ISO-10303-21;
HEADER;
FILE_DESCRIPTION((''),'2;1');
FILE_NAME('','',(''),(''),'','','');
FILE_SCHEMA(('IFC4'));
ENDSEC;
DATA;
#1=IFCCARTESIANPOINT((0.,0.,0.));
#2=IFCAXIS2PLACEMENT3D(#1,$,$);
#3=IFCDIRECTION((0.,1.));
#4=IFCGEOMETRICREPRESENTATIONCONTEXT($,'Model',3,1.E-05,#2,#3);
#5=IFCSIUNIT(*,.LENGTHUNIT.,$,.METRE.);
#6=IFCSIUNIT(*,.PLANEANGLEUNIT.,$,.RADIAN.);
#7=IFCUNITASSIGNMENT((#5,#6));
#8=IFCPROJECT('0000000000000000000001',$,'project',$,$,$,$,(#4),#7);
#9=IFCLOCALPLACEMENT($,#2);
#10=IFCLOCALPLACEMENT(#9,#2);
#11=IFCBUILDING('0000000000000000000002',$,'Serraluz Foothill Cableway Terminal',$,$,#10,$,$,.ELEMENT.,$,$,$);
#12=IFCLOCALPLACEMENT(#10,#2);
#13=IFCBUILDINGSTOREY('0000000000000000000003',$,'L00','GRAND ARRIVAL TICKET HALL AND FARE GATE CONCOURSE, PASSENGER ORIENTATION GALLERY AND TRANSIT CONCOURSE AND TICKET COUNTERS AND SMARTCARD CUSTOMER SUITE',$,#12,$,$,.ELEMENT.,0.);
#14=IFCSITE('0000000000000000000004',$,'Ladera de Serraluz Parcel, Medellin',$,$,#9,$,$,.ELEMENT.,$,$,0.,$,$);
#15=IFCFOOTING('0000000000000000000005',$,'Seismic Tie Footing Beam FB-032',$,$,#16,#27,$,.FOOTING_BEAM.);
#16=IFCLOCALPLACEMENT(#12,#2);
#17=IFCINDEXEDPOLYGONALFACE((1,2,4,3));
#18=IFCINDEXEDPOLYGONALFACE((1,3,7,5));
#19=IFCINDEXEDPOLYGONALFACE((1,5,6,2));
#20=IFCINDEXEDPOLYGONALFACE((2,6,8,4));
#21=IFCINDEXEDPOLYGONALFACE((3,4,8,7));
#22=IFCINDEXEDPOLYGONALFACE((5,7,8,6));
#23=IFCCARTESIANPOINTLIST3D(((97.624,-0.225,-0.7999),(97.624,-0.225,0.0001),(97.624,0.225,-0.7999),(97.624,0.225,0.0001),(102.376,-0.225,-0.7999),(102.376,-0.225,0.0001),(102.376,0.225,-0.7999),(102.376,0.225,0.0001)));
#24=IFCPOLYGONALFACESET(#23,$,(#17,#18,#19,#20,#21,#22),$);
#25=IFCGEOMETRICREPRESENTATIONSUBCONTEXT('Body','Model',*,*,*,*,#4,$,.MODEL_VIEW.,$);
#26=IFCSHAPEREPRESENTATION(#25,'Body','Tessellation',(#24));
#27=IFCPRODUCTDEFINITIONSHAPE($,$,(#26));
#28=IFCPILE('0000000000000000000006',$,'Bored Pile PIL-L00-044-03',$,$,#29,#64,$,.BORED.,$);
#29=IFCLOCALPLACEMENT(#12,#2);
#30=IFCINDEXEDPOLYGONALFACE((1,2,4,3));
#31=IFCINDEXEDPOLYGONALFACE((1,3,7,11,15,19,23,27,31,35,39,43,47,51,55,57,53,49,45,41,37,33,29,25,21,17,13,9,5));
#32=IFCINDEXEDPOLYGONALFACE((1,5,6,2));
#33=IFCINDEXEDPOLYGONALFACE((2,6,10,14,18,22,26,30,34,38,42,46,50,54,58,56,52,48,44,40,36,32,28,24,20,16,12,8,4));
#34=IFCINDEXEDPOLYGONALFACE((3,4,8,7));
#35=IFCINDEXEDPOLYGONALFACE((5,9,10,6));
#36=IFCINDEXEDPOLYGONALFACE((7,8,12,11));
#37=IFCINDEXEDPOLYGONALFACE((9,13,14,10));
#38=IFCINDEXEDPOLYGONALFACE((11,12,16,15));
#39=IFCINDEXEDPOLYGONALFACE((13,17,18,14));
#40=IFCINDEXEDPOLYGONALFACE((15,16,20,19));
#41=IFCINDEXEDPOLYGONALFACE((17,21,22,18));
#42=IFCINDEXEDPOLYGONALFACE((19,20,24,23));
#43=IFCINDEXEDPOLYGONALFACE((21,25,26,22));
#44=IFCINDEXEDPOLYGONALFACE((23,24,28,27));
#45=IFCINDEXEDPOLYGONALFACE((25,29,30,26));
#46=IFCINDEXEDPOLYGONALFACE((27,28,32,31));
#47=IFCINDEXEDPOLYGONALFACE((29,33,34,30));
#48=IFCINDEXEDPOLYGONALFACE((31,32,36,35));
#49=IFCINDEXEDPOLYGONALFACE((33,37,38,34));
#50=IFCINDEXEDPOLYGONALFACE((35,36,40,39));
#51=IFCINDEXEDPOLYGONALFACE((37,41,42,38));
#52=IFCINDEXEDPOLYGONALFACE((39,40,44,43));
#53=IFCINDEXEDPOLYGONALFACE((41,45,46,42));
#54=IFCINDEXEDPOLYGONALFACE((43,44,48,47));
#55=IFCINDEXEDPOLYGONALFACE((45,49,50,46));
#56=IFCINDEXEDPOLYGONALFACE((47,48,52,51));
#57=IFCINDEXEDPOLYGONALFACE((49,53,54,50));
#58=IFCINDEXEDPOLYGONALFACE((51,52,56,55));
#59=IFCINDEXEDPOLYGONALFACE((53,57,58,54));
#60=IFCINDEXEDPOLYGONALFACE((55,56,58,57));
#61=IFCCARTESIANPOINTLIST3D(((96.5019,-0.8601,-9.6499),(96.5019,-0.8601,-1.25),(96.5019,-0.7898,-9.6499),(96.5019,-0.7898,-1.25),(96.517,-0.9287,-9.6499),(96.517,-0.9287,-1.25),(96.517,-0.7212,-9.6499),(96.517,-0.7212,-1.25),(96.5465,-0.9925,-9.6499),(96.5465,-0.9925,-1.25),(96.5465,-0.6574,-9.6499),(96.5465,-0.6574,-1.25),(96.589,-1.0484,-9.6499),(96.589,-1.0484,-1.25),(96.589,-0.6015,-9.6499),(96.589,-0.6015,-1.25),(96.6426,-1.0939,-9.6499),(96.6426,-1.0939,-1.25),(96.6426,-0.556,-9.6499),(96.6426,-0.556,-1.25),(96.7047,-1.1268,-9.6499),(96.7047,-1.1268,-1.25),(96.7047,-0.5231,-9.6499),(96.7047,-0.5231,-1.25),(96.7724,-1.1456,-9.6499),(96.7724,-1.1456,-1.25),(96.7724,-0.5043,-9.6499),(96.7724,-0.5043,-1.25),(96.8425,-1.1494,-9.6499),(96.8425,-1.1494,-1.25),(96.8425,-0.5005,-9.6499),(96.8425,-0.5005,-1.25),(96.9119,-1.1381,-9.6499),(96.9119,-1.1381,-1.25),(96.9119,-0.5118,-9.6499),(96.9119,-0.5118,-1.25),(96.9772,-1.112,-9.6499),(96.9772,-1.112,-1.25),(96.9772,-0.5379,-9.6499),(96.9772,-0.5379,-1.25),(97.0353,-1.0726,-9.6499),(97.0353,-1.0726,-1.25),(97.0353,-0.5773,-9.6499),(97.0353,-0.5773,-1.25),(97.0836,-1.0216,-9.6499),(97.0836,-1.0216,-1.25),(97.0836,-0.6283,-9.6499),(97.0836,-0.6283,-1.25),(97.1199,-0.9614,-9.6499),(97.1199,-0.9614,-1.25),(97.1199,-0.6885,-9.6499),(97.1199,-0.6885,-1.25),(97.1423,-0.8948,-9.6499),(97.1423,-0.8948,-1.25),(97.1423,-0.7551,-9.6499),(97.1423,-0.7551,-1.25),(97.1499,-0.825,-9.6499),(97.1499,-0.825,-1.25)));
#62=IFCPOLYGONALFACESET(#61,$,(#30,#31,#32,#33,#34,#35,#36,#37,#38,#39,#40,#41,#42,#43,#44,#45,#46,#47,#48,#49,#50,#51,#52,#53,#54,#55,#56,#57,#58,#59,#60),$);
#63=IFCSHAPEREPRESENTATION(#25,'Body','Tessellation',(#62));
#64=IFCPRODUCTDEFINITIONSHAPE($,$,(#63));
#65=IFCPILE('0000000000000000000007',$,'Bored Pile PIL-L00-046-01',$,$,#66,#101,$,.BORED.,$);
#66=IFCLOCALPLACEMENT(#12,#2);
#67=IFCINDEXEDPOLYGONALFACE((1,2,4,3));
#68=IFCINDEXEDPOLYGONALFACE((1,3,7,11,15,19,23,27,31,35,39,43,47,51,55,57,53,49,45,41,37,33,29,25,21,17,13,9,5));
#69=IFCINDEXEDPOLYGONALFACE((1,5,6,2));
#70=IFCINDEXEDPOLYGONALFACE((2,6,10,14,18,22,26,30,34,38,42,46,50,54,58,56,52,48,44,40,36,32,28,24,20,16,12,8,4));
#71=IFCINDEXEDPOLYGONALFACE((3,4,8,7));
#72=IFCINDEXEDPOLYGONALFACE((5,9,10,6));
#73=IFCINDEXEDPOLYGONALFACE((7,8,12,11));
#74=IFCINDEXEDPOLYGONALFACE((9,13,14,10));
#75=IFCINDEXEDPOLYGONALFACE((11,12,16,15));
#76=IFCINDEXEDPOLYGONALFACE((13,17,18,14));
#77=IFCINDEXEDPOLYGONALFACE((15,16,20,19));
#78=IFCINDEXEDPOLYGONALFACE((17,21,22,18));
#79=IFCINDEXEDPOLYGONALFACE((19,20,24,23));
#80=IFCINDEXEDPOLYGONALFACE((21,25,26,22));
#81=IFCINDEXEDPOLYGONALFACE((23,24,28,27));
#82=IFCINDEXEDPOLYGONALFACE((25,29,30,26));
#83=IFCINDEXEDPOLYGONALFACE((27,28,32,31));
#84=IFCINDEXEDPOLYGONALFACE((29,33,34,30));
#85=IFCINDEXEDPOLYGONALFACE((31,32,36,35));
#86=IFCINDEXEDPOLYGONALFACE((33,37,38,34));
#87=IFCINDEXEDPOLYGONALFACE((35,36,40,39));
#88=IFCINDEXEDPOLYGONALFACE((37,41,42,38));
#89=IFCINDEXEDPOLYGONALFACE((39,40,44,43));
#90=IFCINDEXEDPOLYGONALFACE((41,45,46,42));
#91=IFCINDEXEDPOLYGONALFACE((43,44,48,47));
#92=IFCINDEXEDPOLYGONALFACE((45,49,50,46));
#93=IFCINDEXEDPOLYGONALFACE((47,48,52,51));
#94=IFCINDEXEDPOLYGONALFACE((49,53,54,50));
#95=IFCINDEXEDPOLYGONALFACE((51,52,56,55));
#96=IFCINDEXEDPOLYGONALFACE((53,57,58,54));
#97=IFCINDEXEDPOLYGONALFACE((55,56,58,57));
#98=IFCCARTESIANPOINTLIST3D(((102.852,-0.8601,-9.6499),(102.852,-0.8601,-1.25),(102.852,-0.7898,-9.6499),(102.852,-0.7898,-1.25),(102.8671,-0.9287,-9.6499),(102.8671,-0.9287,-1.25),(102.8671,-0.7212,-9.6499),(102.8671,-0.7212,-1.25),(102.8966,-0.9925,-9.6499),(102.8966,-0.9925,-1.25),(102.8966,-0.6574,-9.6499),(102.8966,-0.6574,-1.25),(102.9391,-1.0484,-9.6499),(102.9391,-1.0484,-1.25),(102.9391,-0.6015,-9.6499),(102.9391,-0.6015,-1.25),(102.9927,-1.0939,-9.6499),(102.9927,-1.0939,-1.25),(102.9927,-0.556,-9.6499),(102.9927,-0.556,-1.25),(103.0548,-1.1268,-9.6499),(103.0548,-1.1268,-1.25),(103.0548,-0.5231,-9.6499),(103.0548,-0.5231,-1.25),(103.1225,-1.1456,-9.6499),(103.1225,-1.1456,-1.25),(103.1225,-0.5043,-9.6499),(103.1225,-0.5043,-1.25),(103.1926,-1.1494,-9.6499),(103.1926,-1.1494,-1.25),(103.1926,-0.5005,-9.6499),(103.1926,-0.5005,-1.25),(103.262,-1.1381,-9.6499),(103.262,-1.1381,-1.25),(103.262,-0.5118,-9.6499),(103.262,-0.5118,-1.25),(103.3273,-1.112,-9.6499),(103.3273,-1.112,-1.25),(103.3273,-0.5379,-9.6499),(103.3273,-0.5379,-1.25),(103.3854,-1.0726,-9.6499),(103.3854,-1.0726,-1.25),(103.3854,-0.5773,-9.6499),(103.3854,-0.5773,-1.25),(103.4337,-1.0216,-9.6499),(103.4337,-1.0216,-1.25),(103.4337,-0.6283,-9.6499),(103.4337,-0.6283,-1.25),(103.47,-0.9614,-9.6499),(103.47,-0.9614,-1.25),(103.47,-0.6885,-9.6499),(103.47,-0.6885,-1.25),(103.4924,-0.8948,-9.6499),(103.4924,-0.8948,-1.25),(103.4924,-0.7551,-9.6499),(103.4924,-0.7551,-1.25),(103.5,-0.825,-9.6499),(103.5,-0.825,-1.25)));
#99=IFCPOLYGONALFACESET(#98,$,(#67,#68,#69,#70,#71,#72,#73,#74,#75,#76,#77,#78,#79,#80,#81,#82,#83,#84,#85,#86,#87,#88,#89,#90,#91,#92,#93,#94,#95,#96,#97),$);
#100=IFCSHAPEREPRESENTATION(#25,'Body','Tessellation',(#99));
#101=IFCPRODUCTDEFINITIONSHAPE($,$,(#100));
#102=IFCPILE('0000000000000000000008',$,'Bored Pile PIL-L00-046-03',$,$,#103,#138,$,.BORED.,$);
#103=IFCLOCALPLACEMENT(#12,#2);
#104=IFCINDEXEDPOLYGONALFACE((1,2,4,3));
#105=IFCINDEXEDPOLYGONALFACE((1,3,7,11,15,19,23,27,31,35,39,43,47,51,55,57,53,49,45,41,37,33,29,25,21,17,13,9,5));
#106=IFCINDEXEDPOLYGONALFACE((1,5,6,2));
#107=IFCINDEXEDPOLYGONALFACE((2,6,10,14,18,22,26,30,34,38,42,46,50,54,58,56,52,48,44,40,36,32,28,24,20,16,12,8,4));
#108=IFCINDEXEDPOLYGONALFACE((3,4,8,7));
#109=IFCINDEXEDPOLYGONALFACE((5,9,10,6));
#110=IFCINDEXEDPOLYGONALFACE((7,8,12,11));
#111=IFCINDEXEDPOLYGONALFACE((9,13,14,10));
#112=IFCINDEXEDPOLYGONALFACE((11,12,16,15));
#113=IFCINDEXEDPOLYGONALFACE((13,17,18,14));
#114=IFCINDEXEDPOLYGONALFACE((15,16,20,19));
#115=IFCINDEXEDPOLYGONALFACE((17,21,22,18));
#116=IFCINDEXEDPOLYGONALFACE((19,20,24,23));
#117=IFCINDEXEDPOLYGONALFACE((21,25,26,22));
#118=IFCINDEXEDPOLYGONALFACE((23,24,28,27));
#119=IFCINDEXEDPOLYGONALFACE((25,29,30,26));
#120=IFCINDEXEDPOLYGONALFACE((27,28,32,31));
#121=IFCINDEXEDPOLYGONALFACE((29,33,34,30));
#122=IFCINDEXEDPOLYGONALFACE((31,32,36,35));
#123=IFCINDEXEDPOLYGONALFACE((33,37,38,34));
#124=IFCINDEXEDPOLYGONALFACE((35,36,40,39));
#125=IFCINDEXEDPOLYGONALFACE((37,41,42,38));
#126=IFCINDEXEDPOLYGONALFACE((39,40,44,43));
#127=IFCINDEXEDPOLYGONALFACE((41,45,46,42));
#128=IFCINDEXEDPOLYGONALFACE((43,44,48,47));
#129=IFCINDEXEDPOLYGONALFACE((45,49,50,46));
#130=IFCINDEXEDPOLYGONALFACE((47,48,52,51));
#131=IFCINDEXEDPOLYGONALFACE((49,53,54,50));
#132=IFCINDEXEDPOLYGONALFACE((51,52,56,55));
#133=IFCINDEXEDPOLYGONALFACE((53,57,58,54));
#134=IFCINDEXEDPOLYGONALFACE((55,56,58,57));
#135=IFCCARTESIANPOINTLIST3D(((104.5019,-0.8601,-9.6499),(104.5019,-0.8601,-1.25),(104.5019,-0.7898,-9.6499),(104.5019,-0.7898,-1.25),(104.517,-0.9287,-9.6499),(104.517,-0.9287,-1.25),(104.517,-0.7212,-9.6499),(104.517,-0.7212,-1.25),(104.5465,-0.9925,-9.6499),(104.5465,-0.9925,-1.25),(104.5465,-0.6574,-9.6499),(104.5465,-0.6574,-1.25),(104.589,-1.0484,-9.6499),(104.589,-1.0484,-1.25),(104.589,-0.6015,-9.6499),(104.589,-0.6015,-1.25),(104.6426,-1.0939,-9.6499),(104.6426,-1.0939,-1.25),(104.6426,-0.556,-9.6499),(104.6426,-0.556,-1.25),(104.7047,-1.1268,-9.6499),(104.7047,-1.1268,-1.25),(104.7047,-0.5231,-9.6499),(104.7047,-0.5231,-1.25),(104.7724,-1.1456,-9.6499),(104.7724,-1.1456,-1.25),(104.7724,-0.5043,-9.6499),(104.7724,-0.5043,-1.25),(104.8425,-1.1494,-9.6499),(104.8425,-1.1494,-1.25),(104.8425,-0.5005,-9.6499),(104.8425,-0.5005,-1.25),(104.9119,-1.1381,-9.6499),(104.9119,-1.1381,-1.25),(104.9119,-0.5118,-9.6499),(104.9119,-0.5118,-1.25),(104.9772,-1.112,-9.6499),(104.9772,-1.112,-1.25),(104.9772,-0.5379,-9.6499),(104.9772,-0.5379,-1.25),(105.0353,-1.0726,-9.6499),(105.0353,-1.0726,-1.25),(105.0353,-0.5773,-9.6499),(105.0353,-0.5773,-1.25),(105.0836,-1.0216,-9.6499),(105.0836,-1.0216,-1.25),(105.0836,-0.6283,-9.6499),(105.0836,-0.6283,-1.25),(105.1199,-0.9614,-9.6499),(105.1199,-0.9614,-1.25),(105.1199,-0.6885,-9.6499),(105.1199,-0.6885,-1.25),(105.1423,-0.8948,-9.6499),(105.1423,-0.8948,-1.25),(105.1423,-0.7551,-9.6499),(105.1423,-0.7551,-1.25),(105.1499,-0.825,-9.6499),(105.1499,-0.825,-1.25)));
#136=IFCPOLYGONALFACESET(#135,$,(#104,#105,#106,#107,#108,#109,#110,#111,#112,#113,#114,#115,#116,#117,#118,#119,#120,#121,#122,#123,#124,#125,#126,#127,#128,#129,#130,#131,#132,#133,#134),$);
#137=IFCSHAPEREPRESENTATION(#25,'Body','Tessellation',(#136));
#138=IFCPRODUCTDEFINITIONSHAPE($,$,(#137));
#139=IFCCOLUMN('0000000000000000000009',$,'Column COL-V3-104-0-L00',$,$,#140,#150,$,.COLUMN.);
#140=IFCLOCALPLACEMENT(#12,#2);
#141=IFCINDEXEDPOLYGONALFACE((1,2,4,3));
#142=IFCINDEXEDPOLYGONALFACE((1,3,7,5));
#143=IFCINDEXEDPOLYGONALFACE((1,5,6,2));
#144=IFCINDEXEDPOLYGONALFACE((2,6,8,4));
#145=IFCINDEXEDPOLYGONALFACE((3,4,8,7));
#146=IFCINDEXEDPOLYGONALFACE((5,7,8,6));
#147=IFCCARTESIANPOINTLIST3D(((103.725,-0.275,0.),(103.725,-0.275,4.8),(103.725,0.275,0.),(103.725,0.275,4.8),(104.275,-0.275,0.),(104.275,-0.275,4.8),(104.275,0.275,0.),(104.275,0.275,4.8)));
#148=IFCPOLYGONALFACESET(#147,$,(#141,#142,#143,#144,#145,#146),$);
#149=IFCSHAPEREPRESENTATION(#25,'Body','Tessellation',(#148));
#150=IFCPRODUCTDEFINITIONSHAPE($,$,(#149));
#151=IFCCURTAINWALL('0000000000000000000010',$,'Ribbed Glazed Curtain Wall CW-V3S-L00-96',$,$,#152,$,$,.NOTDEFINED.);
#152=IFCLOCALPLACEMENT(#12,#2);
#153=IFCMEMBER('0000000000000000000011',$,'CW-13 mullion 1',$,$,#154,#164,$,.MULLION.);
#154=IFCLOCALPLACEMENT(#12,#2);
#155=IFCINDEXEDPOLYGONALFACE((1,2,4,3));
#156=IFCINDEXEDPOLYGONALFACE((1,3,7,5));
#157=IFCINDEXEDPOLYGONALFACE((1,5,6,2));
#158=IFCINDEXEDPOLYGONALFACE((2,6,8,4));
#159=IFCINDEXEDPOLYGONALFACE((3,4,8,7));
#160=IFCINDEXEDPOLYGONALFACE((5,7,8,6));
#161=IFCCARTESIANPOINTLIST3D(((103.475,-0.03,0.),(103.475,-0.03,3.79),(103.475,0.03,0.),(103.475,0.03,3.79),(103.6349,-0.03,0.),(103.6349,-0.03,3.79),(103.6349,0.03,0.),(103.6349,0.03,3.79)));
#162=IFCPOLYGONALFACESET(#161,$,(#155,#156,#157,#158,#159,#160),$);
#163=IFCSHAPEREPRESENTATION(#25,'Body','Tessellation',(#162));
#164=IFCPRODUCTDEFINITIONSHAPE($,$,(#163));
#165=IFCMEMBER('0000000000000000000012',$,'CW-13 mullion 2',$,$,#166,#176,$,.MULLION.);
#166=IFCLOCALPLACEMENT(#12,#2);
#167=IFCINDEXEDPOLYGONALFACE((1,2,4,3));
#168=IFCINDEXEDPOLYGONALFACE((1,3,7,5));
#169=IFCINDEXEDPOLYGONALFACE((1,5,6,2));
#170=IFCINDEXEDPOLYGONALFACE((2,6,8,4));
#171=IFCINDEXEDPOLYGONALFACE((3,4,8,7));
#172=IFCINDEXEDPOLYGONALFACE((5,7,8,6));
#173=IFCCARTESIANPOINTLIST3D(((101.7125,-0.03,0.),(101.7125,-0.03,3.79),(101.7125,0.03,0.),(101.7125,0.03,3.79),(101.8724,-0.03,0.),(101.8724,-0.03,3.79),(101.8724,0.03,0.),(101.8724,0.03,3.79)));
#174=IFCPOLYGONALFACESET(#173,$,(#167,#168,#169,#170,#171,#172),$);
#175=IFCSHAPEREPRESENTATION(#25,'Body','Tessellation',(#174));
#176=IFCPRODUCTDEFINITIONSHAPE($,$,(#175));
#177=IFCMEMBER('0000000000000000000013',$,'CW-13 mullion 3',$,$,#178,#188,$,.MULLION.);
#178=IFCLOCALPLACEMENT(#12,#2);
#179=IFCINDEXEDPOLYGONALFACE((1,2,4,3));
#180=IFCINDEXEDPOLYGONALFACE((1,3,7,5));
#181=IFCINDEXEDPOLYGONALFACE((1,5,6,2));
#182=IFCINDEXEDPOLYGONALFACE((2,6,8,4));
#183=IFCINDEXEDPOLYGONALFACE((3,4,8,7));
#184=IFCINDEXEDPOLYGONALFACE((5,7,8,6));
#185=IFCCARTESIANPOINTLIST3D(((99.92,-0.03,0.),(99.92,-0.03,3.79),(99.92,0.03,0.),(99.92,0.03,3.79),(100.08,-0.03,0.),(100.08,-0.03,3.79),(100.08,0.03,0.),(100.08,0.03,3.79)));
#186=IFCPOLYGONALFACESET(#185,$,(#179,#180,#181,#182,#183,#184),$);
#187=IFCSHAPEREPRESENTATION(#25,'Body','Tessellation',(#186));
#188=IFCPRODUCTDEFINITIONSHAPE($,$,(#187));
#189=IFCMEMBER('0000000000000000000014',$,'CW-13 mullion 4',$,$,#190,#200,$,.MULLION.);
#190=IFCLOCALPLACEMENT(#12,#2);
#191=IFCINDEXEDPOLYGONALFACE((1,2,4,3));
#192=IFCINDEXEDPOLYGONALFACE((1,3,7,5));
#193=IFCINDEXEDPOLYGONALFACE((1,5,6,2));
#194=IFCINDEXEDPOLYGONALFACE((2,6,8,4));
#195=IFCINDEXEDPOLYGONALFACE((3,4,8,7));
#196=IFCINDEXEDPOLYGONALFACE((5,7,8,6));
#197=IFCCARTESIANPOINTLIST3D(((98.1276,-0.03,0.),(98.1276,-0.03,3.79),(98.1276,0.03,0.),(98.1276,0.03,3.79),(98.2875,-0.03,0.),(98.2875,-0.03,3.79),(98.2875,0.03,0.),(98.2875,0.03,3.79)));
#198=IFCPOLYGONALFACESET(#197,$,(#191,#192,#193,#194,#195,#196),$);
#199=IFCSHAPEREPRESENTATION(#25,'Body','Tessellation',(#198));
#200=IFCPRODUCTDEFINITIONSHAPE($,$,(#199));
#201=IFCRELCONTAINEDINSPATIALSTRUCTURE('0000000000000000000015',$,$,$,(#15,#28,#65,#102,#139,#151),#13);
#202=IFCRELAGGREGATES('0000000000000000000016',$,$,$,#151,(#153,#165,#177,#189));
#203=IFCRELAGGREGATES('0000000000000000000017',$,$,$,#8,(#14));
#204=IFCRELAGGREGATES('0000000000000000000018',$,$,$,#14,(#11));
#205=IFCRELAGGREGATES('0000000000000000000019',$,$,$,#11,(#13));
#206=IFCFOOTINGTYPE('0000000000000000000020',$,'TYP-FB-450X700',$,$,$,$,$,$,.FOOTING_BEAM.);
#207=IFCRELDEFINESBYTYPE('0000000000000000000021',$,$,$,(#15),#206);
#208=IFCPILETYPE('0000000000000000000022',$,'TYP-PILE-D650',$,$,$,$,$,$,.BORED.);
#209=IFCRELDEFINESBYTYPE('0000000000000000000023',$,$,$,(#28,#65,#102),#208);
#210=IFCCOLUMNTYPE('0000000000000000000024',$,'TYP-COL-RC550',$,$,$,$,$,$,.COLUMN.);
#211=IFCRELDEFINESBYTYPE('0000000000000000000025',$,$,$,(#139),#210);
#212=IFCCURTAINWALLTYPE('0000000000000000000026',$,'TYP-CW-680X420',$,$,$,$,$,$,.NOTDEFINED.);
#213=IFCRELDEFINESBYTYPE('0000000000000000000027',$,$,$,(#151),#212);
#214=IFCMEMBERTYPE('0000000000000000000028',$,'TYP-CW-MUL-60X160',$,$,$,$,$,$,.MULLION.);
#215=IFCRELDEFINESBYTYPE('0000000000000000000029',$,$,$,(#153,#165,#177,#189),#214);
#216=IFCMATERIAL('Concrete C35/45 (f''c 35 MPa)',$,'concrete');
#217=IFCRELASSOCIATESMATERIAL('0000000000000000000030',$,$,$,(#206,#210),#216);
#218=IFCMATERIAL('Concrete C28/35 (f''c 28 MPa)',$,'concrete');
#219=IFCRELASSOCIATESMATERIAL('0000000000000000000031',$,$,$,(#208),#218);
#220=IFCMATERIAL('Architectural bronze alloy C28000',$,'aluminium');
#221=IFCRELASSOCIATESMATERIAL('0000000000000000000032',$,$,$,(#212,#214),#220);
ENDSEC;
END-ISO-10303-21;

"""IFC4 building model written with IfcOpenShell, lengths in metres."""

from ifc_helpers import new_model, si_unit, direction, frame, origin, origin_2d, place, context, subcontext, project, spatial, rectangle, circle, extrude, material, material_profile, profile_set, type_object, element, aggregate, save


model = new_model("IFC4")

# Units and contexts
model_context = context("Model", 3, precision=1e-05, world=origin(), true_north=direction((0.0, 1.0)))
body_context = subcontext(model_context, "Body", "Model", "MODEL_VIEW")
ifc_project = project(units=[si_unit("LENGTHUNIT", "METRE"), si_unit("PLANEANGLEUNIT", "RADIAN")], contexts=[model_context])

# Site, building, storey
site_placement = place(None, origin())
site = spatial("IfcSite", under=ifc_project, at=site_placement, Name="Ladera de Serraluz Parcel, Medellin", CompositionType="ELEMENT", RefElevation=0.0)
building_placement = place(site_placement, origin())
building = spatial("IfcBuilding", under=site, at=building_placement, Name="Serraluz Foothill Cableway Terminal", CompositionType="ELEMENT")
storey_placement = place(building_placement, origin())
storey = spatial("IfcBuildingStorey", under=building, at=storey_placement, Name="L00", Description="GRAND ARRIVAL TICKET HALL AND FARE GATE CONCOURSE, PASSENGER ORIENTATION GALLERY AND TRANSIT CONCOURSE AND TICKET COUNTERS AND SMARTCARD CUSTOMER SUITE", CompositionType="ELEMENT", Elevation=0.0)

# Footing
ifc_material_1 = material(Name="Concrete C35/45 (f'c 35 MPa)", Category="concrete")
ifc_material_profile_1 = material_profile(ifc_material_1, rectangle(XDim=0.45, YDim=0.8, at=origin_2d()), Name="RC 450x800")
ifc_profile_set_1 = profile_set([ifc_material_profile_1], Name="Concrete C35/45 (f'c 35 MPa)")
footing_type = type_object("IfcFootingType", Name="TYP-FB-450X700", PredefinedType="FOOTING_BEAM", material=ifc_profile_set_1)
footing_placement = place(storey_placement, frame((97.624, 0.0, -0.3999), z_axis=(1.0, 0.0, 0.0), x_axis=(0.0, 1.0, 0.0)))
element("IfcFooting", 1, at=footing_placement, inside=storey, type_object=footing_type, Name="Seismic Tie Footing Beam FB-032", PredefinedType="FOOTING_BEAM", context=body_context, shape_type="SweptSolid", body=[
    extrude(rectangle(XDim=0.45, YDim=0.8, at=origin_2d()), origin(), (0.0, 0.0, 1.0), 4.752),
])

# Piles
ifc_material_2 = material(Name="Concrete C28/35 (f'c 28 MPa)", Category="concrete")
ifc_material_profile_2 = material_profile(ifc_material_2, circle(Radius=0.325, at=origin_2d()), Name="BORED PILE D650")
ifc_profile_set_2 = profile_set([ifc_material_profile_2], Name="Concrete C28/35 (f'c 28 MPa)")
pile_type = type_object("IfcPileType", Name="TYP-PILE-D650", PredefinedType="BORED", material=ifc_profile_set_2)
for number, where, z_axis, x_axis, name in (
    (2, (96.825, -0.825, -1.25), (0.0, 0.0, -1.0), (1.0, 0.0, 0.0), "Bored Pile PIL-L00-044-03"),
    (3, (103.175, -0.825, -1.25), (0.0, 0.0, -1.0), (1.0, 0.0, 0.0), "Bored Pile PIL-L00-046-01"),
    (4, (104.825, -0.825, -1.25), (0.0, 0.0, -1.0), (1.0, 0.0, 0.0), "Bored Pile PIL-L00-046-03"),
):
    element("IfcPile", number, at=place(storey_placement, frame(where, z_axis=z_axis, x_axis=x_axis)), inside=storey, type_object=pile_type, Name=name, PredefinedType="BORED", context=body_context, shape_type="SweptSolid", body=[
        extrude(circle(Radius=0.325, at=origin_2d()), origin(), (0.0, 0.0, 1.0), 8.3999),
    ])

# Column
ifc_material_profile_3 = material_profile(ifc_material_1, rectangle(XDim=0.55, YDim=0.55, at=origin_2d()), Name="RC 550x550")
ifc_profile_set_3 = profile_set([ifc_material_profile_3], Name="Concrete C35/45 (f'c 35 MPa)")
column_type = type_object("IfcColumnType", Name="TYP-COL-RC550", PredefinedType="COLUMN", material=ifc_profile_set_3)
column_placement = place(storey_placement, frame((104.0, 0.0, 0.0), z_axis=(0.0, 0.0, 1.0), x_axis=(1.0, 0.0, 0.0)))
element("IfcColumn", 5, at=column_placement, inside=storey, type_object=column_type, Name="Column COL-V3-104-0-L00", PredefinedType="COLUMN", context=body_context, shape_type="SweptSolid", body=[
    extrude(rectangle(XDim=0.55, YDim=0.55, at=origin_2d()), origin(), (0.0, 0.0, 1.0), 4.8),
])

# Curtain wall, members
ifc_material_3 = material(Name="Architectural bronze alloy C28000", Category="aluminium")
curtain_wall_type_1 = type_object("IfcCurtainWallType", Name="TYP-CW-680X420", PredefinedType="NOTDEFINED", material=ifc_material_3)
curtain_wall_1_placement = place(storey_placement, origin())
curtain_wall_1 = element("IfcCurtainWall", 6, at=curtain_wall_1_placement, inside=storey, type_object=curtain_wall_type_1, Name="Ribbed Glazed Curtain Wall CW-V3S-L00-96", PredefinedType="NOTDEFINED")
ifc_material_profile_4 = material_profile(ifc_material_3, rectangle(XDim=0.0601, YDim=0.1599, at=origin_2d()), Name="ALU MULLION 60x160")
ifc_profile_set_4 = profile_set([ifc_material_profile_4], Name="Architectural bronze alloy C28000")
member_type_1 = type_object("IfcMemberType", Name="TYP-CW-MUL-60X160", PredefinedType="MULLION", material=ifc_profile_set_4)
member_1_placement = place(storey_placement, frame((103.5549, 0.0, 0.0), z_axis=(0.0, 0.0, 1.0), x_axis=(0.0, -1.0, 0.0)))
member_1 = element("IfcMember", 7, at=member_1_placement, type_object=member_type_1, Name="CW-13 mullion 1", PredefinedType="MULLION", context=body_context, shape_type="SweptSolid", body=[
    extrude(rectangle(XDim=0.0601, YDim=0.1599, at=origin_2d()), origin(), (0.0, 0.0, 1.0), 3.79),
])
member_2_placement = place(storey_placement, frame((101.7925, 0.0, 0.0), z_axis=(0.0, 0.0, 1.0), x_axis=(0.0, -1.0, 0.0)))
member_2 = element("IfcMember", 8, at=member_2_placement, type_object=member_type_1, Name="CW-13 mullion 2", PredefinedType="MULLION", context=body_context, shape_type="SweptSolid", body=[
    extrude(rectangle(XDim=0.0601, YDim=0.1599, at=origin_2d()), origin(), (0.0, 0.0, 1.0), 3.79),
])
member_3_placement = place(storey_placement, frame((100.0, 0.0, 0.0), z_axis=(0.0, 0.0, 1.0), x_axis=(0.0, -1.0, 0.0)))
member_3 = element("IfcMember", 9, at=member_3_placement, type_object=member_type_1, Name="CW-13 mullion 3", PredefinedType="MULLION", context=body_context, shape_type="SweptSolid", body=[
    extrude(rectangle(XDim=0.0601, YDim=0.1599, at=origin_2d()), origin(), (0.0, 0.0, 1.0), 3.79),
])
member_4_placement = place(storey_placement, frame((98.2075, 0.0, 0.0), z_axis=(0.0, 0.0, 1.0), x_axis=(0.0, -1.0, 0.0)))
member_4 = element("IfcMember", 10, at=member_4_placement, type_object=member_type_1, Name="CW-13 mullion 4", PredefinedType="MULLION", context=body_context, shape_type="SweptSolid", body=[
    extrude(rectangle(XDim=0.0601, YDim=0.1599, at=origin_2d()), origin(), (0.0, 0.0, 1.0), 3.79),
])

aggregate(curtain_wall_1, [member_1, member_2, member_3, member_4])

save(model, "model.ifc")
